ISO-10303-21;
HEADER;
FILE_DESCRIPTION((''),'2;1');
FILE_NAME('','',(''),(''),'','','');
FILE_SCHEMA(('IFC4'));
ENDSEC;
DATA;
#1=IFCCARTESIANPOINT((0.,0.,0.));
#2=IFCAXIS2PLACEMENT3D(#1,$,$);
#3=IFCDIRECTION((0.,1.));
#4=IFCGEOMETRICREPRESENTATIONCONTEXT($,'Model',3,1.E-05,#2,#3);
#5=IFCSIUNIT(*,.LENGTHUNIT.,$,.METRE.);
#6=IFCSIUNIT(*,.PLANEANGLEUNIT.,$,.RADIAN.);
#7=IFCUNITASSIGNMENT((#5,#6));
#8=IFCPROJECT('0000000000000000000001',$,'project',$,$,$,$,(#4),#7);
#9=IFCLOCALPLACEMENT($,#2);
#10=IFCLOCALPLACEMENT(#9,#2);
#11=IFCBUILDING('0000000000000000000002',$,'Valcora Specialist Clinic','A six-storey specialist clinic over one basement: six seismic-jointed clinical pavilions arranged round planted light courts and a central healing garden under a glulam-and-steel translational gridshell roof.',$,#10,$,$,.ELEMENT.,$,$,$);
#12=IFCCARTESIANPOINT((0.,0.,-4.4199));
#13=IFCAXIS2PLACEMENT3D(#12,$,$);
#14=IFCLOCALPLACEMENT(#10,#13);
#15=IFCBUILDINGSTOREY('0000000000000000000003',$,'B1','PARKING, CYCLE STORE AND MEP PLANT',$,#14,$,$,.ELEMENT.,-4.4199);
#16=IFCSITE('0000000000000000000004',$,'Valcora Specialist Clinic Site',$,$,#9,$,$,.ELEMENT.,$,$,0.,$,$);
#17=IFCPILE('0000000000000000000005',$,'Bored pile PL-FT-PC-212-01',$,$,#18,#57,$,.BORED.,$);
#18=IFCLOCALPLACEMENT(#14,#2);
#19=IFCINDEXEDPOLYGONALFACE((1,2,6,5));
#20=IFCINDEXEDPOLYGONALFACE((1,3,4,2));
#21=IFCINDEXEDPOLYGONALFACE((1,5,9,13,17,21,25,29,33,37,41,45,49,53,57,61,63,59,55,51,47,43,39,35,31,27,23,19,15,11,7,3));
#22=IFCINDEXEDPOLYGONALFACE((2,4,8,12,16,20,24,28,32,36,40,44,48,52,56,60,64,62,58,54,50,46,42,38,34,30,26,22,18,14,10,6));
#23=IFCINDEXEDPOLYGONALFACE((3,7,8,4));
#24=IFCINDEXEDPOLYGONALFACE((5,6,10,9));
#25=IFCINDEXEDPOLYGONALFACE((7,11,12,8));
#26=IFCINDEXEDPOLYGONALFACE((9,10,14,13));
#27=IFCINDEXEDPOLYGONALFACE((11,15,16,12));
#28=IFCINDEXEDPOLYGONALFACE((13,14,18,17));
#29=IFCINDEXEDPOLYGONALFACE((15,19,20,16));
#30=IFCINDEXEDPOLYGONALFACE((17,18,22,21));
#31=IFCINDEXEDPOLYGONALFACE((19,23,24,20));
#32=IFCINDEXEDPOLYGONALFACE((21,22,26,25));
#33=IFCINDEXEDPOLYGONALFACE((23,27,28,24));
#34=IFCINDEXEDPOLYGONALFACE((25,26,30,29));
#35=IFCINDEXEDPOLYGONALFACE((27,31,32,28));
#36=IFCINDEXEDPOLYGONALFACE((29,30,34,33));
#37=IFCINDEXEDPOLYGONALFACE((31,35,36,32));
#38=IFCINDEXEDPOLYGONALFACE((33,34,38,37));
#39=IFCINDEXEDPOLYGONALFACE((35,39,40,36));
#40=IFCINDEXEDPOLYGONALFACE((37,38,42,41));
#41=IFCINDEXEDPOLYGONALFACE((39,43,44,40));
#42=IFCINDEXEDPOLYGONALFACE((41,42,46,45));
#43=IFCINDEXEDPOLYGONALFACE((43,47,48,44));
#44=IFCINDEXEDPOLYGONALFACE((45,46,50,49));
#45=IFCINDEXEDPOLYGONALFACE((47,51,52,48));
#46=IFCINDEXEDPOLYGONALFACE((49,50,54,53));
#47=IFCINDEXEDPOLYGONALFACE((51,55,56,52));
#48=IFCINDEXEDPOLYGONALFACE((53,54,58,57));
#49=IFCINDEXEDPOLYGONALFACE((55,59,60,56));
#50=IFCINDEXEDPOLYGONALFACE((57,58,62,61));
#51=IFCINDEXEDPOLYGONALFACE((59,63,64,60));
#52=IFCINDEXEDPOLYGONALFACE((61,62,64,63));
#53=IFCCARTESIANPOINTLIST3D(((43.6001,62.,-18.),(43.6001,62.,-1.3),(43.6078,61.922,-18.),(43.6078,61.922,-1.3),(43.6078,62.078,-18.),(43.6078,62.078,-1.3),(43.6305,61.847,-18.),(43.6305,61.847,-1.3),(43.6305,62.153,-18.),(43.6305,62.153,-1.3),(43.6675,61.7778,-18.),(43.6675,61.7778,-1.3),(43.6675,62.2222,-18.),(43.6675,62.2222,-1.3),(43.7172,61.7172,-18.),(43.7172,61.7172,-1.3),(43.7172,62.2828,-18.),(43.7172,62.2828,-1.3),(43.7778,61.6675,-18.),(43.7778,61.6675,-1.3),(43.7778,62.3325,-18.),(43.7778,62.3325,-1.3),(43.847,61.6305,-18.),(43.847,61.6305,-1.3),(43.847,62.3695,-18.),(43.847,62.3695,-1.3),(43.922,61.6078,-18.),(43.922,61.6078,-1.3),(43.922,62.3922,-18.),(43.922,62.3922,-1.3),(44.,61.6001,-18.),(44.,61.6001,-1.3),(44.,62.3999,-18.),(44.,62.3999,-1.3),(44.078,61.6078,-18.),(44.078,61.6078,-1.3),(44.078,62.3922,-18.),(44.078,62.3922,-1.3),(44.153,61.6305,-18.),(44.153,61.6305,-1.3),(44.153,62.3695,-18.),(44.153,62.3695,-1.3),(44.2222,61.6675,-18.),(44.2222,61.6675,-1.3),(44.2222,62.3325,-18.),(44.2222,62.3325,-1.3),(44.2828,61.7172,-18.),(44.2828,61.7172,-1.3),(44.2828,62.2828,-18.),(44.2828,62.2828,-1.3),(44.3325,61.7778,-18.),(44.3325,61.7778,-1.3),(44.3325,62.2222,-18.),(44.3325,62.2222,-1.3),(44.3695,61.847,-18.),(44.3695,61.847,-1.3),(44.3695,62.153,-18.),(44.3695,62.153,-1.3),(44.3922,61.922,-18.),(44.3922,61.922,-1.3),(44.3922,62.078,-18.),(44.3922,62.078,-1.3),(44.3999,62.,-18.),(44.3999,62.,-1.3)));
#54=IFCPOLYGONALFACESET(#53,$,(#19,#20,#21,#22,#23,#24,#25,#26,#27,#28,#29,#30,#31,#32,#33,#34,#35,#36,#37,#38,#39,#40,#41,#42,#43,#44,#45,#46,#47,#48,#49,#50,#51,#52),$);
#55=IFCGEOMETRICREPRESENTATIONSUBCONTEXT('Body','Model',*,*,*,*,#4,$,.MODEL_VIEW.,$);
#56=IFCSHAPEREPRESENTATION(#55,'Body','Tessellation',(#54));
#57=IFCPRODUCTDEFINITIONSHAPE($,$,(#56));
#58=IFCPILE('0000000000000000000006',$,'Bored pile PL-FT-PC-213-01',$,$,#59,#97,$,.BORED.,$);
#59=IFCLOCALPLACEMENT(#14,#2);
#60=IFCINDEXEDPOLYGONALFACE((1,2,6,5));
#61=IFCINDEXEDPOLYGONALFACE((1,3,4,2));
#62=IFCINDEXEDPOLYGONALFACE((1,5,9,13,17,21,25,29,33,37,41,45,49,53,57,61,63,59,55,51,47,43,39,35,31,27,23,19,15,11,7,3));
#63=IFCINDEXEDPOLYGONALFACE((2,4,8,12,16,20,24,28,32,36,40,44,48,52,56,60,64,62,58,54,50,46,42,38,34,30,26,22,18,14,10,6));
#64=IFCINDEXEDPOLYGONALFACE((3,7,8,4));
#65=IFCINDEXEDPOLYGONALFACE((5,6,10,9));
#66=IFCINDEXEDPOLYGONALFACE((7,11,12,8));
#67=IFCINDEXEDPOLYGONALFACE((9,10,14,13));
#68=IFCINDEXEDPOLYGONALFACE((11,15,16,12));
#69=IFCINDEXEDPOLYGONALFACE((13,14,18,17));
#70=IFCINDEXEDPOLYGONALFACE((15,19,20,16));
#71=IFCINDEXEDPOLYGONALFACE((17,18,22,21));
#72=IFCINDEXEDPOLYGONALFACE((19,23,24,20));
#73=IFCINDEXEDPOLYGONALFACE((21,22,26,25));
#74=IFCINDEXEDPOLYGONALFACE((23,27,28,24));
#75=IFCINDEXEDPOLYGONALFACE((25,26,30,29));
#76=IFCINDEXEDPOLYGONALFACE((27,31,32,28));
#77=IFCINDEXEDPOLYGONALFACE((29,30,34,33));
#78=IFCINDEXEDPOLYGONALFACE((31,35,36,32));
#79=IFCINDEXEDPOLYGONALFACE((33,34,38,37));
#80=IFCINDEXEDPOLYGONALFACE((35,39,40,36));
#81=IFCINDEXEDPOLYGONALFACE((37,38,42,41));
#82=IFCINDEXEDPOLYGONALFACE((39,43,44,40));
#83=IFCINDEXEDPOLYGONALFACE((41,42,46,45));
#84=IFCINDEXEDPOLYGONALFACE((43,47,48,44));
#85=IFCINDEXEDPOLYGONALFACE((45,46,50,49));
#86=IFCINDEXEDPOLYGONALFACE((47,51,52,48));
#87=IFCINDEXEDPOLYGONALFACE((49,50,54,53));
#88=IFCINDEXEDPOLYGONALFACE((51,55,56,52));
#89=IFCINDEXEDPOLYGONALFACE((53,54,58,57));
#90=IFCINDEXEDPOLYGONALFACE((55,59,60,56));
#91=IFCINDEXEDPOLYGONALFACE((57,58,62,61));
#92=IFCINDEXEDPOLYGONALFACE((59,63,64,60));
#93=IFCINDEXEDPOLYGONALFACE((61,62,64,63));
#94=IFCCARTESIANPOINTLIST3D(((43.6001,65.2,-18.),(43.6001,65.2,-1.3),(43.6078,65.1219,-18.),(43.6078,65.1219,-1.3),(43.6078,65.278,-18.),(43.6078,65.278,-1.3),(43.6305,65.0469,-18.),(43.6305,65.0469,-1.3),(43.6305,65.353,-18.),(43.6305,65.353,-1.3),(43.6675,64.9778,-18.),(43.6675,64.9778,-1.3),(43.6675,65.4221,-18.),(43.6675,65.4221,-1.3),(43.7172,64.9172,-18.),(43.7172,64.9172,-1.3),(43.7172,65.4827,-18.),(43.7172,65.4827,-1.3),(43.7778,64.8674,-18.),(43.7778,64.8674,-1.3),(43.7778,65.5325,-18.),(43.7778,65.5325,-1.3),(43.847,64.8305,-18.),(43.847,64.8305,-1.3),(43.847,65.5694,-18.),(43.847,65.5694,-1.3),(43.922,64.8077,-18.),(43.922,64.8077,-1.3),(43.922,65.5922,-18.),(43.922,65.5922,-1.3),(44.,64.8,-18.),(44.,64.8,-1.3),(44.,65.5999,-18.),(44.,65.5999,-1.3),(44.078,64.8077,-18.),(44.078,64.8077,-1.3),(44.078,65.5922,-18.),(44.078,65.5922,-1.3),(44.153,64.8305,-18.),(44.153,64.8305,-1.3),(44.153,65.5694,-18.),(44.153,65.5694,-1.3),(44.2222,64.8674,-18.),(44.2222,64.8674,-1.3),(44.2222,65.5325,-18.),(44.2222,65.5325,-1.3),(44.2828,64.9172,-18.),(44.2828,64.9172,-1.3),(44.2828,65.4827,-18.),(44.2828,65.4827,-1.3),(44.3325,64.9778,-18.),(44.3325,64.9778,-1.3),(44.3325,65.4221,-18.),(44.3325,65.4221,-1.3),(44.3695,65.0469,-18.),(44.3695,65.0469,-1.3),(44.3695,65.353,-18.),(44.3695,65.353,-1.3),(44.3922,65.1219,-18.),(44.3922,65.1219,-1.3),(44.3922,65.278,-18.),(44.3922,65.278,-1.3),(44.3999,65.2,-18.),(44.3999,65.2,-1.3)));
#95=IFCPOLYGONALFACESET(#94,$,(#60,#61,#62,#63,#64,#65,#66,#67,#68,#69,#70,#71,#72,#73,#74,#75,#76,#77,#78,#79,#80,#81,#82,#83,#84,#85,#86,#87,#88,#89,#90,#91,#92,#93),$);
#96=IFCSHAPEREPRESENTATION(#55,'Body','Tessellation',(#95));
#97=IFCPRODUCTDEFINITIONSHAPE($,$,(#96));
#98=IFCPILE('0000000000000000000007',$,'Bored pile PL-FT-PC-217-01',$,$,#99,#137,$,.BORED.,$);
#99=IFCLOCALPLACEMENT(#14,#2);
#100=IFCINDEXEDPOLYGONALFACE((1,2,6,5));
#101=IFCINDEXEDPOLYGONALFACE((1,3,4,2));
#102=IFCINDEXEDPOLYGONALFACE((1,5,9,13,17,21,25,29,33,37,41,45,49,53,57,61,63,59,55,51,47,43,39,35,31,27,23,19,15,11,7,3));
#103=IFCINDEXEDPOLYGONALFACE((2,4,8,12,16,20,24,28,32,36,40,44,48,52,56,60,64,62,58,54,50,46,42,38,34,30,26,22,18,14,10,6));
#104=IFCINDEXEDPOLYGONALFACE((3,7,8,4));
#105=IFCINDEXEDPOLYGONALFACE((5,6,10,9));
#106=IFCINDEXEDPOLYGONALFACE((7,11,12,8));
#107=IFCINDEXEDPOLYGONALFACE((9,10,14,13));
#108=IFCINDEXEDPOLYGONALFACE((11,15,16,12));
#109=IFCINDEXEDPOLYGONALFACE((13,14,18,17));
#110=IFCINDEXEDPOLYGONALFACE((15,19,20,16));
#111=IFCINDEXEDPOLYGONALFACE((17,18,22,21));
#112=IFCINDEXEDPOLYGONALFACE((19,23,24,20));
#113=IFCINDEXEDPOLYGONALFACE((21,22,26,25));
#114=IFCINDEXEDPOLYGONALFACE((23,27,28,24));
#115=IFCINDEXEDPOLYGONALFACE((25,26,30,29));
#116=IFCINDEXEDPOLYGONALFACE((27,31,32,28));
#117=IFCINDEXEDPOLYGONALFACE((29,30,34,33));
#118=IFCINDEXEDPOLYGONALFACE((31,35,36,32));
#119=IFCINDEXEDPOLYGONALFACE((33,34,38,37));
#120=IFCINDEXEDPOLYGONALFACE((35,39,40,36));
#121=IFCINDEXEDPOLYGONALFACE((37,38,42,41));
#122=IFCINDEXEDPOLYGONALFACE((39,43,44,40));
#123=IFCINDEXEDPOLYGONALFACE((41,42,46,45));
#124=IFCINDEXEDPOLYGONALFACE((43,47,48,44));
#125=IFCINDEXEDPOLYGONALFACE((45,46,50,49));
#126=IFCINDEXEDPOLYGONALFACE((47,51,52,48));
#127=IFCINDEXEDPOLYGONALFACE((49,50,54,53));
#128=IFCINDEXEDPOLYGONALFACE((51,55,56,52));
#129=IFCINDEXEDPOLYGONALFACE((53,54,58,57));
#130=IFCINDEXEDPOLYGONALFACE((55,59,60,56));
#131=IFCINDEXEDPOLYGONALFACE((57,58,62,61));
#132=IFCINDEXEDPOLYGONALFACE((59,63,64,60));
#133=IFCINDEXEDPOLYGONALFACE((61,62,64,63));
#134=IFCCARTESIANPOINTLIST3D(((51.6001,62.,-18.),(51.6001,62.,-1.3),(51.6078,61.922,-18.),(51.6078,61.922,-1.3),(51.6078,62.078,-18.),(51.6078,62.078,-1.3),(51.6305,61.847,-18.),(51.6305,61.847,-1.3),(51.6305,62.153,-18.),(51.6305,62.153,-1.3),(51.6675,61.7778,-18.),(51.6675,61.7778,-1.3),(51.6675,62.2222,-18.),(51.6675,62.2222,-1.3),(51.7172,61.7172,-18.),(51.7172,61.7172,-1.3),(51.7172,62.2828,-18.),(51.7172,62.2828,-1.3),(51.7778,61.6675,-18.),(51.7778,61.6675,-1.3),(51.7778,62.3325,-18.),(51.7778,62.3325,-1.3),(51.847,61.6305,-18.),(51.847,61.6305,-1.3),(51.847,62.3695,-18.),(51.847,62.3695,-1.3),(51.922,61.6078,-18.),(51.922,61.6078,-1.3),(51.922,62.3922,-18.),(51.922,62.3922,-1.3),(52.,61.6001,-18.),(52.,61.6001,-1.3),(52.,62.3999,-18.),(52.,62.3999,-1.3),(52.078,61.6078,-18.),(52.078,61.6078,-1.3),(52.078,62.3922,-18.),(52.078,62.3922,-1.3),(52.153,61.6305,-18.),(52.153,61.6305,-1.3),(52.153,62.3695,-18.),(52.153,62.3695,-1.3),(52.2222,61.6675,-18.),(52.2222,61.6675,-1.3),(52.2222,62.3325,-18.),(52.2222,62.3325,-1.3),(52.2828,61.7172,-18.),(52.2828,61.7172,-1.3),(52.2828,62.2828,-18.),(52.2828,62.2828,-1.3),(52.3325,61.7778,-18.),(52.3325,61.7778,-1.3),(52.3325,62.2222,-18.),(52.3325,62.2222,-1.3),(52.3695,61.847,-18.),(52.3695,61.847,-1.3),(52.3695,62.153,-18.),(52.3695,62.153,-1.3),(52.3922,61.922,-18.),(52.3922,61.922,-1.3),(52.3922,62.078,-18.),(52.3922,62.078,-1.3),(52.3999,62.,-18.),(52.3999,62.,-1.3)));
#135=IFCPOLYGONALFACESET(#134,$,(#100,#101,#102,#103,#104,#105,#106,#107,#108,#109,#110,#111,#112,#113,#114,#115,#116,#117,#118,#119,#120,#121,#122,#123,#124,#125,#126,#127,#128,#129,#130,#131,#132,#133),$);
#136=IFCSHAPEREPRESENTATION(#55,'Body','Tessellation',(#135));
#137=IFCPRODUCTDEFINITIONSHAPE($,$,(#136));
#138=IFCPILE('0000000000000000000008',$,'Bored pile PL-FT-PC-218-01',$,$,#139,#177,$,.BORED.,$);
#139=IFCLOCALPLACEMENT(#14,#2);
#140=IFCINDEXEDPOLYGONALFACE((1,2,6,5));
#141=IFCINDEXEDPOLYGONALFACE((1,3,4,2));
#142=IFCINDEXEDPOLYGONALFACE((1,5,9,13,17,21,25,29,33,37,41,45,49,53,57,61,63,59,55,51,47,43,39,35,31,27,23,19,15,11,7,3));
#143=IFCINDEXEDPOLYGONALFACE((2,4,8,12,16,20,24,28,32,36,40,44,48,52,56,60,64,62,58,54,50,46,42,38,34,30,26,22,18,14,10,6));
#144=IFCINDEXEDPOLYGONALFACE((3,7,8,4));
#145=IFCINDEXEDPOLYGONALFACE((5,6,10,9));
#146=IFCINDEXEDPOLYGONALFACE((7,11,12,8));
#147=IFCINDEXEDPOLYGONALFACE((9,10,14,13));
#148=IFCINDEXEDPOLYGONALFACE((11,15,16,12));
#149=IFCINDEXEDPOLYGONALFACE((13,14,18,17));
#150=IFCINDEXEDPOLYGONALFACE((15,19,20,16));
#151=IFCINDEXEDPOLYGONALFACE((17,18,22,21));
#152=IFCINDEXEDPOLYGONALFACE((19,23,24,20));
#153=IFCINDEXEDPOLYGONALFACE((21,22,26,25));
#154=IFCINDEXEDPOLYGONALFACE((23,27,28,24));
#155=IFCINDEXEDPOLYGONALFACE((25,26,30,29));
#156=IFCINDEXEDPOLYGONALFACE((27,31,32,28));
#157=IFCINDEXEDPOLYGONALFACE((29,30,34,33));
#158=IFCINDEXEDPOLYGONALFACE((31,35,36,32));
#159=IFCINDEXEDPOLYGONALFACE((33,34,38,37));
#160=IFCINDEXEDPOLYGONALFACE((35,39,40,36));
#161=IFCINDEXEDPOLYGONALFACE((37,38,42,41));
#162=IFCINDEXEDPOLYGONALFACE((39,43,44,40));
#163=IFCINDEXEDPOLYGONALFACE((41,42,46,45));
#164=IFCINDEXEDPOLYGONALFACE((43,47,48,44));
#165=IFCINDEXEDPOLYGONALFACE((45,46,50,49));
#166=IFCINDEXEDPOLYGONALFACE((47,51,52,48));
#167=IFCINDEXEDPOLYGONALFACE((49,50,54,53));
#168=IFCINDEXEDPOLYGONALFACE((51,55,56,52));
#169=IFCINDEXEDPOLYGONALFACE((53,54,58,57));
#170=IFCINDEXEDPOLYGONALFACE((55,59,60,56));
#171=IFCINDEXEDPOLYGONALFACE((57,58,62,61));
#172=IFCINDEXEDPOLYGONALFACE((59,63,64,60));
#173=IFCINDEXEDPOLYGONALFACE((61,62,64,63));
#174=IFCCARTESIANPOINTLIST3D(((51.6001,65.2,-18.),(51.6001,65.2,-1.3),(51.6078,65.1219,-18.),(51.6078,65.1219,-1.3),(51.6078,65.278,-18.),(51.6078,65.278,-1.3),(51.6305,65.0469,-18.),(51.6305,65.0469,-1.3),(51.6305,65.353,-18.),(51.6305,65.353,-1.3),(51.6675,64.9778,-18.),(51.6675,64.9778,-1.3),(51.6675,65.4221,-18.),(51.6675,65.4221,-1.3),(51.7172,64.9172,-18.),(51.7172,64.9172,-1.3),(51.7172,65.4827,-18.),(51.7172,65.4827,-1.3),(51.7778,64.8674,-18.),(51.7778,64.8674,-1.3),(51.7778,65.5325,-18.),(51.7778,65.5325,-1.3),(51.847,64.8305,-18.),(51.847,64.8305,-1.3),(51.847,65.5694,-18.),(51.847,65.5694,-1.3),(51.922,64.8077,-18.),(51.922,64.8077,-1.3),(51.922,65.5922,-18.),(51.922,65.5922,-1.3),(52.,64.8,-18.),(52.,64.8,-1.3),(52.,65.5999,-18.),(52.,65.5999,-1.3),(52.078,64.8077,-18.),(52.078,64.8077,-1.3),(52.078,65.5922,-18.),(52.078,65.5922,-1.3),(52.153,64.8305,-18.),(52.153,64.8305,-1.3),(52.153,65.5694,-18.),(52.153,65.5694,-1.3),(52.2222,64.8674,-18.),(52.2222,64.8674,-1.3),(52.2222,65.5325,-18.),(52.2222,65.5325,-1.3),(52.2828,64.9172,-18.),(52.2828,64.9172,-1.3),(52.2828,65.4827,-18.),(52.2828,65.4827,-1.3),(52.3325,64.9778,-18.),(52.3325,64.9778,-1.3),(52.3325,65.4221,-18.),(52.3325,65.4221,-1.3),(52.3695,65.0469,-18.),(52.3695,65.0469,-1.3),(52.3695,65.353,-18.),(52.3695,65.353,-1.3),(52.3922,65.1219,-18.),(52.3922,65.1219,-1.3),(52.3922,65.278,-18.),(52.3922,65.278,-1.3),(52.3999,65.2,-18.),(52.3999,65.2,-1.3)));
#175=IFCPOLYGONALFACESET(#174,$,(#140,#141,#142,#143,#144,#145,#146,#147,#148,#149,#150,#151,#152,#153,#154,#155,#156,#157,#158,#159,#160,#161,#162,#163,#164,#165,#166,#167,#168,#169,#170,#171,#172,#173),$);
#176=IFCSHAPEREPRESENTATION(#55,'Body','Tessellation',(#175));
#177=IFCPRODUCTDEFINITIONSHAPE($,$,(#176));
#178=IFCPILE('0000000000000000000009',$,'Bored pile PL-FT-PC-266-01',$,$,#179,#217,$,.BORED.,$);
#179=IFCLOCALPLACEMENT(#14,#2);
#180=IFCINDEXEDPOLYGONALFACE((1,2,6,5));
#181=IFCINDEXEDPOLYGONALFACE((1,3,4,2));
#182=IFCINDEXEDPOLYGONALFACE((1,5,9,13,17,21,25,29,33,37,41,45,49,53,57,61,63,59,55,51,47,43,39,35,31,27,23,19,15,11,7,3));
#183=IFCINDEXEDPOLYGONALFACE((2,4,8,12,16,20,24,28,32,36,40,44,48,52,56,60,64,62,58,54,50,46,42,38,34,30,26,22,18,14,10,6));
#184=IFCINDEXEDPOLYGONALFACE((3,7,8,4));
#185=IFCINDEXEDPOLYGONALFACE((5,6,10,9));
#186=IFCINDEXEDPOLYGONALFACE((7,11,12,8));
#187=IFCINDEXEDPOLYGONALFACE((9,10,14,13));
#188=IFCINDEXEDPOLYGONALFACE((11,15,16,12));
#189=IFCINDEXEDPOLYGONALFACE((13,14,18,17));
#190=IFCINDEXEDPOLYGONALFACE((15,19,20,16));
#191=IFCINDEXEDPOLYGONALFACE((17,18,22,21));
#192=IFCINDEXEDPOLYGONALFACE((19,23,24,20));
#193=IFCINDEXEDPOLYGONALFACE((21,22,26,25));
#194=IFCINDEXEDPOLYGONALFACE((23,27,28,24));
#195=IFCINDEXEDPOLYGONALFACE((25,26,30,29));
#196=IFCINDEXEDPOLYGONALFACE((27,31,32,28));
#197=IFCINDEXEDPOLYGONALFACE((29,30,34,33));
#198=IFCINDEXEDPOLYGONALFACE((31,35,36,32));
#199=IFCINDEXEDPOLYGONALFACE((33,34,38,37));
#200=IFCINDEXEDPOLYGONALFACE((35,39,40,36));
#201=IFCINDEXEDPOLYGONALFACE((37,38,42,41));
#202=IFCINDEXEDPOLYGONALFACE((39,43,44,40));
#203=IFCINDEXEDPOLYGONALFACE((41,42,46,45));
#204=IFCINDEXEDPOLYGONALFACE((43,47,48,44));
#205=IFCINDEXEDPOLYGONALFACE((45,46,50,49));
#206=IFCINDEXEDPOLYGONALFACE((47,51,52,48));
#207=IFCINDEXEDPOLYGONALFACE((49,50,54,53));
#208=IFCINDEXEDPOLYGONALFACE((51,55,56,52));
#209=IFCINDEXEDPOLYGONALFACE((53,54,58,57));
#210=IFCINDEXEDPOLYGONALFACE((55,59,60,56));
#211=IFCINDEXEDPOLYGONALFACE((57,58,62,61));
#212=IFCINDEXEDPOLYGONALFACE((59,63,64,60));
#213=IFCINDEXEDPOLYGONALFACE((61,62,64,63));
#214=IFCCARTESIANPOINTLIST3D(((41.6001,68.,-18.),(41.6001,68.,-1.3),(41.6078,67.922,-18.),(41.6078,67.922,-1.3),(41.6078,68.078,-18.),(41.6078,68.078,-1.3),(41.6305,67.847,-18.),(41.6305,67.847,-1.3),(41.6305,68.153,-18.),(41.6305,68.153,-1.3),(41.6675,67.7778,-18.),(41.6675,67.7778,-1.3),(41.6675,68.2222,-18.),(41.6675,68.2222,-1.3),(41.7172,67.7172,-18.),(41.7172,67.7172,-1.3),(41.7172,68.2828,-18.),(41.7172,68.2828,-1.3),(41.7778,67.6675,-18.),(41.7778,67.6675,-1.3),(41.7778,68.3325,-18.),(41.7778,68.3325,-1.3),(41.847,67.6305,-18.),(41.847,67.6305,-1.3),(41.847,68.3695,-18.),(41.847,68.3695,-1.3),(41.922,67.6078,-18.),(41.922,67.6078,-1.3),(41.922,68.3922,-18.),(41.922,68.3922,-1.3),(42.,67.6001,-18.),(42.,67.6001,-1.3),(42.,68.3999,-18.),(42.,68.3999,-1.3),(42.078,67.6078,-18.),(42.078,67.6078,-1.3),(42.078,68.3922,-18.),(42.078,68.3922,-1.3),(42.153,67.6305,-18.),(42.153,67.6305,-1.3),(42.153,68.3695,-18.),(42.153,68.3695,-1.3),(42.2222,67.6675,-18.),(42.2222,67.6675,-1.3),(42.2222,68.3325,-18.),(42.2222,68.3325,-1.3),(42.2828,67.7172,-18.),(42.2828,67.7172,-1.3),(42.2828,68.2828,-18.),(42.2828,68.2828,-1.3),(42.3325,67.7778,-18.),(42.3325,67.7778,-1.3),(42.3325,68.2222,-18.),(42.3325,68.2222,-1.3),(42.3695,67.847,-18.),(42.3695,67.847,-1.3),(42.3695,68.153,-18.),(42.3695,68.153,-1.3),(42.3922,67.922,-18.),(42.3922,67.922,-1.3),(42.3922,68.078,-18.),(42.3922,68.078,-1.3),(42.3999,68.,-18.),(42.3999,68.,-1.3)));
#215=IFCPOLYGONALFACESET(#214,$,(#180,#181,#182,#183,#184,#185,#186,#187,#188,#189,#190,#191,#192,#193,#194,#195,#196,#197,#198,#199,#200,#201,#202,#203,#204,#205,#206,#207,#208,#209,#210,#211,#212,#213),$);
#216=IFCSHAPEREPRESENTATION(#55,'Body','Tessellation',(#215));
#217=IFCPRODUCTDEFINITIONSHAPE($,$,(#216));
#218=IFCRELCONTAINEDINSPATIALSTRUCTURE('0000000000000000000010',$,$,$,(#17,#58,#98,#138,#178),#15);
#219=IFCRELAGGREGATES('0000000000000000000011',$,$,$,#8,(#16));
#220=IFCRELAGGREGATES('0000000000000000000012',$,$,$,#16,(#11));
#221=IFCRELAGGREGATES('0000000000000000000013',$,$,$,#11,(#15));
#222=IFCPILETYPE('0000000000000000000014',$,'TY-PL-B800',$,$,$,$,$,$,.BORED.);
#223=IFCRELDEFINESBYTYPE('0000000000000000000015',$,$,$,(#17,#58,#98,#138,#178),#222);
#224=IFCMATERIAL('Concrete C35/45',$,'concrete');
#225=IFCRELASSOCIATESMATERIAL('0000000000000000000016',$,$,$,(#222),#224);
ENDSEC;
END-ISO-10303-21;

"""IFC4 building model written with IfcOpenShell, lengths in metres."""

from ifc_helpers import new_model, si_unit, direction, frame, origin, origin_2d, place, context, subcontext, project, spatial, circle, extrude, material, material_profile, profile_set, type_object, element, save


model = new_model("IFC4")

# Units and contexts
model_context = context("Model", 3, precision=1e-05, world=origin(), true_north=direction((0.0, 1.0)))
body_context = subcontext(model_context, "Body", "Model", "MODEL_VIEW")
ifc_project = project(units=[si_unit("LENGTHUNIT", "METRE"), si_unit("PLANEANGLEUNIT", "RADIAN")], contexts=[model_context])

# Site, building, storey
site_placement = place(None, origin())
site = spatial("IfcSite", under=ifc_project, at=site_placement, Name="Valcora Specialist Clinic Site", CompositionType="ELEMENT", RefElevation=0.0)
building_placement = place(site_placement, origin())
building = spatial("IfcBuilding", under=site, at=building_placement, Name="Valcora Specialist Clinic", Description="A six-storey specialist clinic over one basement: six seismic-jointed clinical pavilions arranged round planted light courts and a central healing garden under a glulam-and-steel translational gridshell roof.", CompositionType="ELEMENT")
storey_placement = place(building_placement, frame((0.0, 0.0, -4.4199)))
storey = spatial("IfcBuildingStorey", under=building, at=storey_placement, Name="B1", Description="PARKING, CYCLE STORE AND MEP PLANT", CompositionType="ELEMENT", Elevation=-4.4199)

# Shared definitions
ifc_material_1 = material(Name="Concrete C35/45", Category="concrete")

# Piles
ifc_material_profile_1 = material_profile(ifc_material_1, circle(Radius=0.3999, at=origin_2d()), Name="RC-PIL-D800")
ifc_profile_set_1 = profile_set([ifc_material_profile_1], Name="Concrete C35/45")
pile_type_1 = type_object("IfcPileType", Name="TY-PL-B800", PredefinedType="BORED", material=ifc_profile_set_1)
for number, where, z_axis, x_axis, name in (
    (1, (44.0, 62.0, -1.3), (0.0, 0.0, -1.0), (1.0, 0.0, 0.0), "Bored pile PL-FT-PC-212-01"),
    (2, (44.0, 65.2, -1.3), (0.0, 0.0, -1.0), (1.0, 0.0, 0.0), "Bored pile PL-FT-PC-213-01"),
    (3, (52.0, 62.0, -1.3), (0.0, 0.0, -1.0), (1.0, 0.0, 0.0), "Bored pile PL-FT-PC-217-01"),
    (4, (52.0, 65.2, -1.3), (0.0, 0.0, -1.0), (1.0, 0.0, 0.0), "Bored pile PL-FT-PC-218-01"),
    (5, (42.0, 68.0, -1.3), (0.0, 0.0, -1.0), (1.0, 0.0, 0.0), "Bored pile PL-FT-PC-266-01"),
):
    element("IfcPile", number, at=place(storey_placement, frame(where, z_axis=z_axis, x_axis=x_axis)), inside=storey, type_object=pile_type_1, Name=name, PredefinedType="BORED", context=body_context, shape_type="SweptSolid", body=[
        extrude(circle(Radius=0.3999, at=origin_2d()), origin(), (0.0, 0.0, 1.0), 16.7),
    ])

save(model, "model.ifc")
